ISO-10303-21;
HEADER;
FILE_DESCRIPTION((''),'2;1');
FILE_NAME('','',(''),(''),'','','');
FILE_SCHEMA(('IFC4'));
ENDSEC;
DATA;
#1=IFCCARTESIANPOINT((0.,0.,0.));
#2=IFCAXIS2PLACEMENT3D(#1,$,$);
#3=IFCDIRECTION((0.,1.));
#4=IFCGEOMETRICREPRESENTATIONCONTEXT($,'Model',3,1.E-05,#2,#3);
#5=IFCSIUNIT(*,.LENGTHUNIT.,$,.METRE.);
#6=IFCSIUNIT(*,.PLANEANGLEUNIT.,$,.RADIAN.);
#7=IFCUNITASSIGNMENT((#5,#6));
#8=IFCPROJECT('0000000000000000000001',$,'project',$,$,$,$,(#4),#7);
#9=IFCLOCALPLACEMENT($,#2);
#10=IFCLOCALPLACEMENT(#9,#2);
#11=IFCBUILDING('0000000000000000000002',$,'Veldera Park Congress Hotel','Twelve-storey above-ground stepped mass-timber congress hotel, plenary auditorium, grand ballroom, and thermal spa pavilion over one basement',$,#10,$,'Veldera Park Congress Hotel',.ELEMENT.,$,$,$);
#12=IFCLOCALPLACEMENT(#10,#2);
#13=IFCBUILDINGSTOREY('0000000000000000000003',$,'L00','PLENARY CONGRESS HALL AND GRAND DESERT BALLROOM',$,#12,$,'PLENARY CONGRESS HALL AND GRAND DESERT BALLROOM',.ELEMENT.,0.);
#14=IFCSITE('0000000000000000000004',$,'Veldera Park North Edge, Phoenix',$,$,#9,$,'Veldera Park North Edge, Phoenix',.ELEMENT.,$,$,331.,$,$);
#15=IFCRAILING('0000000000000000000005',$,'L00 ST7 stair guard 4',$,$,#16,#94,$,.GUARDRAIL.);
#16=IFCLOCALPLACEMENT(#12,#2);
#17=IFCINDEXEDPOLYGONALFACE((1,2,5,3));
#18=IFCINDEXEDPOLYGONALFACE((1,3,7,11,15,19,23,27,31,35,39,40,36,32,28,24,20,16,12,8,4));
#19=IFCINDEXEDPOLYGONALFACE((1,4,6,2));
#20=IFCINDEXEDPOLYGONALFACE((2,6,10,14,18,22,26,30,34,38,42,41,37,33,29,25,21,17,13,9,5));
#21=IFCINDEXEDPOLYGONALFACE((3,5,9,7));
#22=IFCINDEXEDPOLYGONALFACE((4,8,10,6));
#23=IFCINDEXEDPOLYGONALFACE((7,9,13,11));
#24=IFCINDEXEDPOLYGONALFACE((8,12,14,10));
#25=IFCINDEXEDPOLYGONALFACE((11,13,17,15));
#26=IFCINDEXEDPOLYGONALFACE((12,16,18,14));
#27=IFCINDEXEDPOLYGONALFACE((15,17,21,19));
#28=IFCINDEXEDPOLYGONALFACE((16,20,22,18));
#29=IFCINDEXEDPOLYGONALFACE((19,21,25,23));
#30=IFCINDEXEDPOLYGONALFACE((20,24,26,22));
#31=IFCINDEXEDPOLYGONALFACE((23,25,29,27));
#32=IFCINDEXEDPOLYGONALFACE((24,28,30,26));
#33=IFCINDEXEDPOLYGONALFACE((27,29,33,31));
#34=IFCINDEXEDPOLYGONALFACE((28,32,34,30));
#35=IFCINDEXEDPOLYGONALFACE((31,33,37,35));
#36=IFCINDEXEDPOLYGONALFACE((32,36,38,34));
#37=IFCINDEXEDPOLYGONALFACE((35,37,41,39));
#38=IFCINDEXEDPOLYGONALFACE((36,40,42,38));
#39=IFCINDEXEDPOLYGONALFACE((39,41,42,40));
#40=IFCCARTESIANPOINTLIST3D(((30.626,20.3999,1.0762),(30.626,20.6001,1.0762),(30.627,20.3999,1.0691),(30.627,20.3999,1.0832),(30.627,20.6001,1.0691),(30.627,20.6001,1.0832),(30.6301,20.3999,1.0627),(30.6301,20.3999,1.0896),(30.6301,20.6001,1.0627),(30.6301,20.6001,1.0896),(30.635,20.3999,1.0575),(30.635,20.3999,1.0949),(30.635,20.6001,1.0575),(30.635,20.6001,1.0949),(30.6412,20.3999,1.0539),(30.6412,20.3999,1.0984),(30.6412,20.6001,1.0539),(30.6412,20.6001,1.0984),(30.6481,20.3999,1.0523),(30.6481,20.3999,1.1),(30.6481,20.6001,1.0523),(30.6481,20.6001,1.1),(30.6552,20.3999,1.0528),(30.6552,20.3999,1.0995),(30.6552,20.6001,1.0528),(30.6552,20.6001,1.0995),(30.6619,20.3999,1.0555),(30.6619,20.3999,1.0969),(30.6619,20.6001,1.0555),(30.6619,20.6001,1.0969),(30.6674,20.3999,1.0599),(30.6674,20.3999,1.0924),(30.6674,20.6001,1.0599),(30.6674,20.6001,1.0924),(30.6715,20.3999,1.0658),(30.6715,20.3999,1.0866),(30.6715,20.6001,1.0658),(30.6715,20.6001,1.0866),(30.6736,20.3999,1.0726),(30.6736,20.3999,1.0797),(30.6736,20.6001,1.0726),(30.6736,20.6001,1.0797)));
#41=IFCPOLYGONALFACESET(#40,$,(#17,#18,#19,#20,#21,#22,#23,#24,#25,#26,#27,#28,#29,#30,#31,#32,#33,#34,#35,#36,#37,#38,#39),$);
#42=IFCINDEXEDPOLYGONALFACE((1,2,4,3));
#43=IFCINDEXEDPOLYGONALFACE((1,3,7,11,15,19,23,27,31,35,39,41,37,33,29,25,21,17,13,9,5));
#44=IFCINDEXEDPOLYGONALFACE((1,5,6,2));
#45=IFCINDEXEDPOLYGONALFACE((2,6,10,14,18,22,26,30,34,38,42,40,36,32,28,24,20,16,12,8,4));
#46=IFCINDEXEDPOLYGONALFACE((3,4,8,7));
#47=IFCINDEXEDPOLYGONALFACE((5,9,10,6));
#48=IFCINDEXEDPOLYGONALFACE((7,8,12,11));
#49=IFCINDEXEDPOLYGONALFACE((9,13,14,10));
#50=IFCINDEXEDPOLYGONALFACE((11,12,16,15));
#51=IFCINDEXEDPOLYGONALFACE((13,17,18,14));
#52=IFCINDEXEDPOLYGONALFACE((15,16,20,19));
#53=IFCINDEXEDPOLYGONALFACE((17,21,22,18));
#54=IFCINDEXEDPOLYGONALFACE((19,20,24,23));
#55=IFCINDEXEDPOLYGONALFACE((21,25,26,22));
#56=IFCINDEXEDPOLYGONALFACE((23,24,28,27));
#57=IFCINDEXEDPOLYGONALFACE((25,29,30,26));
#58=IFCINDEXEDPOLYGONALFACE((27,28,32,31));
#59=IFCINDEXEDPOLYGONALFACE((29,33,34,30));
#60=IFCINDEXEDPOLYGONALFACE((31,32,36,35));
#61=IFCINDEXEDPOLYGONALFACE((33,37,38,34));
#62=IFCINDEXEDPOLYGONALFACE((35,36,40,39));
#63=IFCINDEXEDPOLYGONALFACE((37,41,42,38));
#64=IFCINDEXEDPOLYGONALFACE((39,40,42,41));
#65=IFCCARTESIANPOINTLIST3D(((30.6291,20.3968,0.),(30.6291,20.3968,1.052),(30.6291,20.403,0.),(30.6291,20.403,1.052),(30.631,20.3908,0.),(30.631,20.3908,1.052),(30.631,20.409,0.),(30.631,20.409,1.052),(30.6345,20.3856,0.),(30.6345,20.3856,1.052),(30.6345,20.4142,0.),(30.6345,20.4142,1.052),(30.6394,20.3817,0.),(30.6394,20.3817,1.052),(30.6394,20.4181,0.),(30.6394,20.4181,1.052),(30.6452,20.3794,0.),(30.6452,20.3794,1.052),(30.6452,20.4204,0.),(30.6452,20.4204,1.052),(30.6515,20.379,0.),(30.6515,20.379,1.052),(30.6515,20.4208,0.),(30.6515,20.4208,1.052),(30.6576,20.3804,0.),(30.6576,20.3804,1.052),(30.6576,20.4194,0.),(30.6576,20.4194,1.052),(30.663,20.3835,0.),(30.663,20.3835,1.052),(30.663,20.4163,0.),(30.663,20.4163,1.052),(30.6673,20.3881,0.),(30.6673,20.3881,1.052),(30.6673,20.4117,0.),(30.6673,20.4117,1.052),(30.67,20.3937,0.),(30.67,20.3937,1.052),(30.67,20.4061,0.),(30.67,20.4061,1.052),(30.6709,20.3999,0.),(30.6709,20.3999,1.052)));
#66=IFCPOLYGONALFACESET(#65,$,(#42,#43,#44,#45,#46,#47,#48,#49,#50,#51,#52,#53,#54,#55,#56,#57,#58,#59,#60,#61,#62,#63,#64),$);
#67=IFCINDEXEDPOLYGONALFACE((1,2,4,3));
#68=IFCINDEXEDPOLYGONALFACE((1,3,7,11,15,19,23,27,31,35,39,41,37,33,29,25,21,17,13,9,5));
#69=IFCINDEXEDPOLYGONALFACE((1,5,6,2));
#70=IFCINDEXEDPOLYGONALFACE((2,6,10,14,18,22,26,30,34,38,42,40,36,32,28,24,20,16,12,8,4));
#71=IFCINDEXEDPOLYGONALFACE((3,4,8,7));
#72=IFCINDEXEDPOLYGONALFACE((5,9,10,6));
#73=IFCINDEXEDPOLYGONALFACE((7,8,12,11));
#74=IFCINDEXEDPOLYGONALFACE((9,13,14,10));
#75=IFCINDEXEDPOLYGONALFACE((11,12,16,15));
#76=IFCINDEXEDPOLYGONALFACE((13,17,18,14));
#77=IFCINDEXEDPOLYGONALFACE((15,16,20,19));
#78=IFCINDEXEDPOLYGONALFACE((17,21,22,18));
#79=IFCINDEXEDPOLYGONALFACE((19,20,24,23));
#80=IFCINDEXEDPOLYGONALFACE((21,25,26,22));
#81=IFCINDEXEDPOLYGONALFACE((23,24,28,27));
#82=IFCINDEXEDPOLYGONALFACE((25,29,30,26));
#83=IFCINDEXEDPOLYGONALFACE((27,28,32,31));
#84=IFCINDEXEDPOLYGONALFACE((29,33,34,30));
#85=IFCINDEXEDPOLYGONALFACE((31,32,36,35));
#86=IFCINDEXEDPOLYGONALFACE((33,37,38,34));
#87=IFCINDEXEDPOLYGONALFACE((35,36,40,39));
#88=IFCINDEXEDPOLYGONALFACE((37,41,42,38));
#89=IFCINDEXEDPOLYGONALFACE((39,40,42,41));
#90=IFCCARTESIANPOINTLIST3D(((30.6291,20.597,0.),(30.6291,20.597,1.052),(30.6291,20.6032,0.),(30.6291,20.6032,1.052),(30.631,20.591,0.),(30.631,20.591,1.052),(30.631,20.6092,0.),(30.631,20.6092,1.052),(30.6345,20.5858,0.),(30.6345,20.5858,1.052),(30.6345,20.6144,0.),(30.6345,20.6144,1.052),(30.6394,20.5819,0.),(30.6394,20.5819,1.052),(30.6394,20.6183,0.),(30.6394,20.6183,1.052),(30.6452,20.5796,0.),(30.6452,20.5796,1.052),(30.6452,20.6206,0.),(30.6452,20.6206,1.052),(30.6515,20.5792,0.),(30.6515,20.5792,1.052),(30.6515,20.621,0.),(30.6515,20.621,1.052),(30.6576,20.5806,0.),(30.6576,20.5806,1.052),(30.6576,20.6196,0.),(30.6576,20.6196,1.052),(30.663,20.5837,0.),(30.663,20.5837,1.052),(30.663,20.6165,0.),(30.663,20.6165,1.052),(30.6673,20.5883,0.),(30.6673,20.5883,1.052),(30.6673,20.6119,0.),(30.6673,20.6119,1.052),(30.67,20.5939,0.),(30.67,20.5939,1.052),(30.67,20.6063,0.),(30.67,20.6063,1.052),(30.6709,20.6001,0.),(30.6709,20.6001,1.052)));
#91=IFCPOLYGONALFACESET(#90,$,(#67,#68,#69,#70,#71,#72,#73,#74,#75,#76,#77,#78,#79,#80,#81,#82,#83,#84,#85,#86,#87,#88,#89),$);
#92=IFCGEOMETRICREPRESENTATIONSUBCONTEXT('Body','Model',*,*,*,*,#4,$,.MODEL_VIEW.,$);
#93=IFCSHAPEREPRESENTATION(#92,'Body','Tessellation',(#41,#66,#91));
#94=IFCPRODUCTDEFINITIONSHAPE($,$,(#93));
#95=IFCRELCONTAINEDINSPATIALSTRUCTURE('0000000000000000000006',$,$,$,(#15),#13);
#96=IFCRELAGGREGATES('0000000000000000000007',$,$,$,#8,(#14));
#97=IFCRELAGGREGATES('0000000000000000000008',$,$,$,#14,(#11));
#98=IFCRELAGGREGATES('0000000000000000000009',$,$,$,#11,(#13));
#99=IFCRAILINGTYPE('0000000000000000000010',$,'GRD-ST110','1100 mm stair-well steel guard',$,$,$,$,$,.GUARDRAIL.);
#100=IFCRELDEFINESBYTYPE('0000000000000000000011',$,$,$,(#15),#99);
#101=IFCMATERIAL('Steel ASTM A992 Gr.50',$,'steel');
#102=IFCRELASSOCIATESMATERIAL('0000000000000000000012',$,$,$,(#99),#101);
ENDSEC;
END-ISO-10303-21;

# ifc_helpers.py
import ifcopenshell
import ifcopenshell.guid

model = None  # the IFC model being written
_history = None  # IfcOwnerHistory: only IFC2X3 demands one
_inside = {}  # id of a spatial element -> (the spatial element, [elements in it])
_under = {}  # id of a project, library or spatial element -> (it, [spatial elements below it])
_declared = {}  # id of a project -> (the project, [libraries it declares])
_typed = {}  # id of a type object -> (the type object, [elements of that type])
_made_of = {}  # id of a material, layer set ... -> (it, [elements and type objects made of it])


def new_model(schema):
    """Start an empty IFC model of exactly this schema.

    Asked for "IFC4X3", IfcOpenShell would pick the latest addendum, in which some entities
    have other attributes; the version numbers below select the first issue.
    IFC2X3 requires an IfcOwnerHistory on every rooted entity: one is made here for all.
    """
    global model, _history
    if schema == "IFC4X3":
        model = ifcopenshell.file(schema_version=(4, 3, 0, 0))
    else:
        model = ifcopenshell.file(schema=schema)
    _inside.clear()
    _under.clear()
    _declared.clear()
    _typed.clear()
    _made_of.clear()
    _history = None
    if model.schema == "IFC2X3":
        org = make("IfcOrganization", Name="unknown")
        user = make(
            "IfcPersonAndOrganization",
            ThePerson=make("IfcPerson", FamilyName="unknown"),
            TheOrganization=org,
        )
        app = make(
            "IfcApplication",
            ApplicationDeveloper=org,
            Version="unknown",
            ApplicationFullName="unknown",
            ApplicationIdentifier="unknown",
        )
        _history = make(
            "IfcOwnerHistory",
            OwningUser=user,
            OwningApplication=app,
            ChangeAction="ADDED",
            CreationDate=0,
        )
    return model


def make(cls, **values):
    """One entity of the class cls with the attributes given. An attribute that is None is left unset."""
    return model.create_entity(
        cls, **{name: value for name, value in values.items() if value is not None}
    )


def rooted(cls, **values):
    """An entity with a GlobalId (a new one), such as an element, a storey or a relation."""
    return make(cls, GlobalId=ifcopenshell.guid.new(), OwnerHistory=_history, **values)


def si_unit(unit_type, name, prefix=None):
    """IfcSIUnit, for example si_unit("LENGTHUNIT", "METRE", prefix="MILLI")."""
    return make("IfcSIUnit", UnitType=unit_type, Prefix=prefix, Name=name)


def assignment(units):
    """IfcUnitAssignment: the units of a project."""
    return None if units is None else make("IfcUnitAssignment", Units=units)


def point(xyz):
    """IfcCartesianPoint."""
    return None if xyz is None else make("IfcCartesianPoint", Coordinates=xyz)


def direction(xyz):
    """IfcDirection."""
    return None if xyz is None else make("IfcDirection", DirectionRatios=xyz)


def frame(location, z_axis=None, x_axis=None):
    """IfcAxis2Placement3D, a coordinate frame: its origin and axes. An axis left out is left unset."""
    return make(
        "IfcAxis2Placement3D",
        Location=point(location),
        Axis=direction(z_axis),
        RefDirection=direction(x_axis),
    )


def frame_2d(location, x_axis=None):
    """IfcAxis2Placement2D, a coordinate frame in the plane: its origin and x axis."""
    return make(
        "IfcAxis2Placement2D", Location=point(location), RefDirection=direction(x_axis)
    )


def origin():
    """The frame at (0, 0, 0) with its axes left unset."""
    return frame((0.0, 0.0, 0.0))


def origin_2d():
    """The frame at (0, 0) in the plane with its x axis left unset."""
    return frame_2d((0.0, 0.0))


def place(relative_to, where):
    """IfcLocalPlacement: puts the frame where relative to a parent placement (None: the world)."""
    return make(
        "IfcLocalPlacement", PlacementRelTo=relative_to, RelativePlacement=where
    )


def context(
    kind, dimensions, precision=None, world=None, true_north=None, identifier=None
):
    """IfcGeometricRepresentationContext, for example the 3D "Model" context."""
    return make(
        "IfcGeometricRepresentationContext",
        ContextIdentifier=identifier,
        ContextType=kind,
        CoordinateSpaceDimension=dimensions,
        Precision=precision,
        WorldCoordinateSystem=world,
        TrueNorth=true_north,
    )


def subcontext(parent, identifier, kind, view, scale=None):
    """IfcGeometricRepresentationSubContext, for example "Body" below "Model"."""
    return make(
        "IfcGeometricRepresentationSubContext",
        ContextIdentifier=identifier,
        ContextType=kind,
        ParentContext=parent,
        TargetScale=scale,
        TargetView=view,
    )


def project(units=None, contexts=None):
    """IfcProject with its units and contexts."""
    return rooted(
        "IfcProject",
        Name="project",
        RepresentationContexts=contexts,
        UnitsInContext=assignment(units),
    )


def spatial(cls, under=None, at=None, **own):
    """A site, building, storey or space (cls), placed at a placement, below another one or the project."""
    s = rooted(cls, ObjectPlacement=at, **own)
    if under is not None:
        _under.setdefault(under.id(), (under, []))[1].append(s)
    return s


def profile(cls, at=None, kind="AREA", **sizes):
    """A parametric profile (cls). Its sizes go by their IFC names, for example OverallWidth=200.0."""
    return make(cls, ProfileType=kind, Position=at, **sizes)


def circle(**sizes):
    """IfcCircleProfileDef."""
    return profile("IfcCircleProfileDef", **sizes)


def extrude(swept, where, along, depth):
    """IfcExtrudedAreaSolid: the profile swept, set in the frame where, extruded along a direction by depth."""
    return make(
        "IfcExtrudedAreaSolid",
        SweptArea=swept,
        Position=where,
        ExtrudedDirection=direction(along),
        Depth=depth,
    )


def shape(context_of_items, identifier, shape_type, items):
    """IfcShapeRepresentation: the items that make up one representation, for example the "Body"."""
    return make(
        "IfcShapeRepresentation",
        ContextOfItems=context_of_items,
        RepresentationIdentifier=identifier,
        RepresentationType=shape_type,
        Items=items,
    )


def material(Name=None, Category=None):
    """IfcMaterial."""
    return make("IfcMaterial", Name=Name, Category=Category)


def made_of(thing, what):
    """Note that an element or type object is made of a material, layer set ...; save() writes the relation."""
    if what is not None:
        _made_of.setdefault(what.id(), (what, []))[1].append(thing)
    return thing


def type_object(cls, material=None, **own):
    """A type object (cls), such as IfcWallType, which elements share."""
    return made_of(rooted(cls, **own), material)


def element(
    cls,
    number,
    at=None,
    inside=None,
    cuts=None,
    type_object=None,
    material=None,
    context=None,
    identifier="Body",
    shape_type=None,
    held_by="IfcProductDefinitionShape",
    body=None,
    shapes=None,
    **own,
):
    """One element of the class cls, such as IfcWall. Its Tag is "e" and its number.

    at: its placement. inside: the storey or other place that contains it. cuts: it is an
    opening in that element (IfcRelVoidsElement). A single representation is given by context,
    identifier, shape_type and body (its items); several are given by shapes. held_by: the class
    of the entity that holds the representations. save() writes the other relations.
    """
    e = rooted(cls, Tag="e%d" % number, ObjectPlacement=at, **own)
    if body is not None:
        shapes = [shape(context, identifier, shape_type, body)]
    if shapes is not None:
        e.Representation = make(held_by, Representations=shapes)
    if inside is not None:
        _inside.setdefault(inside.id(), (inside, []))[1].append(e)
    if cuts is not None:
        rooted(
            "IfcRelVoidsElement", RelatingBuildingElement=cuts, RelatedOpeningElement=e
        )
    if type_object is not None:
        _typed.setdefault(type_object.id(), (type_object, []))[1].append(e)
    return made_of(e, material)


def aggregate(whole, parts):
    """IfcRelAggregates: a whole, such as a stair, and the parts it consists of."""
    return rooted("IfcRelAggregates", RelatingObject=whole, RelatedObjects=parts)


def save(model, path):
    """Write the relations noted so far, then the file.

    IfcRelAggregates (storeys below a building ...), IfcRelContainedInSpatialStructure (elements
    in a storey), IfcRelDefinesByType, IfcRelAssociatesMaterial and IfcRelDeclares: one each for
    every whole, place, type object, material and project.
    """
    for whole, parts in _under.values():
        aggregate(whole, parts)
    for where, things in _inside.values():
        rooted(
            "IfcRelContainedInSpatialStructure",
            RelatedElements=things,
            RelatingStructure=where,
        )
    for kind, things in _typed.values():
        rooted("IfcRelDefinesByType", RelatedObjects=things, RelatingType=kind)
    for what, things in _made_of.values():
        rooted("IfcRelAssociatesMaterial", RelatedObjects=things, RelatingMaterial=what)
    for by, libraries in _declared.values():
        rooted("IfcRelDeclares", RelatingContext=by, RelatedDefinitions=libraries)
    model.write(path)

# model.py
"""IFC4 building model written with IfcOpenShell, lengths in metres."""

from ifc_helpers import new_model, si_unit, direction, frame, origin, origin_2d, place, context, subcontext, project, spatial, circle, extrude, material, type_object, element, save


model = new_model("IFC4")

# Units and contexts
model_context = context("Model", 3, precision=1e-05, world=origin(), true_north=direction((0.0, 1.0)))
body_context = subcontext(model_context, "Body", "Model", "MODEL_VIEW")
ifc_project = project(units=[si_unit("LENGTHUNIT", "METRE"), si_unit("PLANEANGLEUNIT", "RADIAN")], contexts=[model_context])

# Site, building, storey
site_placement = place(None, origin())
site = spatial("IfcSite", under=ifc_project, at=site_placement, Name="Veldera Park North Edge, Phoenix", LongName="Veldera Park North Edge, Phoenix", CompositionType="ELEMENT", RefElevation=331.0)
building_placement = place(site_placement, origin())
building = spatial("IfcBuilding", under=site, at=building_placement, Name="Veldera Park Congress Hotel", Description="Twelve-storey above-ground stepped mass-timber congress hotel, plenary auditorium, grand ballroom, and thermal spa pavilion over one basement", LongName="Veldera Park Congress Hotel", CompositionType="ELEMENT")
storey_placement = place(building_placement, origin())
storey = spatial("IfcBuildingStorey", under=building, at=storey_placement, Name="L00", Description="PLENARY CONGRESS HALL AND GRAND DESERT BALLROOM", LongName="PLENARY CONGRESS HALL AND GRAND DESERT BALLROOM", CompositionType="ELEMENT", Elevation=0.0)

# Shared definitions
ifc_material_1 = material(Name="Steel ASTM A992 Gr.50", Category="steel")

# Railing
railing_type_1 = type_object("IfcRailingType", Name="GRD-ST110", Description="1100 mm stair-well steel guard", PredefinedType="GUARDRAIL", material=ifc_material_1)
railing_1_placement = place(storey_placement, frame((30.6499, 20.3999, 0.0)))
element("IfcRailing", 1, at=railing_1_placement, inside=storey, type_object=railing_type_1, Name="L00 ST7 stair guard 4", PredefinedType="GUARDRAIL", context=body_context, shape_type="SweptSolid", body=[
    extrude(circle(Radius=0.0239, at=origin_2d()), frame((0.0, 0.0, 1.0762), z_axis=(0.0, 1.0, 0.0), x_axis=(-1.0, 0.0, 0.0)), (0.0, 0.0, 1.0), 0.2002),
    extrude(circle(Radius=0.021, at=origin_2d()), origin(), (0.0, 0.0, 1.0), 1.052),
    extrude(circle(Radius=0.021, at=origin_2d()), frame((0.0, 0.2002, 0.0)), (0.0, 0.0, 1.0), 1.052),
])

save(model, "model.ifc")
